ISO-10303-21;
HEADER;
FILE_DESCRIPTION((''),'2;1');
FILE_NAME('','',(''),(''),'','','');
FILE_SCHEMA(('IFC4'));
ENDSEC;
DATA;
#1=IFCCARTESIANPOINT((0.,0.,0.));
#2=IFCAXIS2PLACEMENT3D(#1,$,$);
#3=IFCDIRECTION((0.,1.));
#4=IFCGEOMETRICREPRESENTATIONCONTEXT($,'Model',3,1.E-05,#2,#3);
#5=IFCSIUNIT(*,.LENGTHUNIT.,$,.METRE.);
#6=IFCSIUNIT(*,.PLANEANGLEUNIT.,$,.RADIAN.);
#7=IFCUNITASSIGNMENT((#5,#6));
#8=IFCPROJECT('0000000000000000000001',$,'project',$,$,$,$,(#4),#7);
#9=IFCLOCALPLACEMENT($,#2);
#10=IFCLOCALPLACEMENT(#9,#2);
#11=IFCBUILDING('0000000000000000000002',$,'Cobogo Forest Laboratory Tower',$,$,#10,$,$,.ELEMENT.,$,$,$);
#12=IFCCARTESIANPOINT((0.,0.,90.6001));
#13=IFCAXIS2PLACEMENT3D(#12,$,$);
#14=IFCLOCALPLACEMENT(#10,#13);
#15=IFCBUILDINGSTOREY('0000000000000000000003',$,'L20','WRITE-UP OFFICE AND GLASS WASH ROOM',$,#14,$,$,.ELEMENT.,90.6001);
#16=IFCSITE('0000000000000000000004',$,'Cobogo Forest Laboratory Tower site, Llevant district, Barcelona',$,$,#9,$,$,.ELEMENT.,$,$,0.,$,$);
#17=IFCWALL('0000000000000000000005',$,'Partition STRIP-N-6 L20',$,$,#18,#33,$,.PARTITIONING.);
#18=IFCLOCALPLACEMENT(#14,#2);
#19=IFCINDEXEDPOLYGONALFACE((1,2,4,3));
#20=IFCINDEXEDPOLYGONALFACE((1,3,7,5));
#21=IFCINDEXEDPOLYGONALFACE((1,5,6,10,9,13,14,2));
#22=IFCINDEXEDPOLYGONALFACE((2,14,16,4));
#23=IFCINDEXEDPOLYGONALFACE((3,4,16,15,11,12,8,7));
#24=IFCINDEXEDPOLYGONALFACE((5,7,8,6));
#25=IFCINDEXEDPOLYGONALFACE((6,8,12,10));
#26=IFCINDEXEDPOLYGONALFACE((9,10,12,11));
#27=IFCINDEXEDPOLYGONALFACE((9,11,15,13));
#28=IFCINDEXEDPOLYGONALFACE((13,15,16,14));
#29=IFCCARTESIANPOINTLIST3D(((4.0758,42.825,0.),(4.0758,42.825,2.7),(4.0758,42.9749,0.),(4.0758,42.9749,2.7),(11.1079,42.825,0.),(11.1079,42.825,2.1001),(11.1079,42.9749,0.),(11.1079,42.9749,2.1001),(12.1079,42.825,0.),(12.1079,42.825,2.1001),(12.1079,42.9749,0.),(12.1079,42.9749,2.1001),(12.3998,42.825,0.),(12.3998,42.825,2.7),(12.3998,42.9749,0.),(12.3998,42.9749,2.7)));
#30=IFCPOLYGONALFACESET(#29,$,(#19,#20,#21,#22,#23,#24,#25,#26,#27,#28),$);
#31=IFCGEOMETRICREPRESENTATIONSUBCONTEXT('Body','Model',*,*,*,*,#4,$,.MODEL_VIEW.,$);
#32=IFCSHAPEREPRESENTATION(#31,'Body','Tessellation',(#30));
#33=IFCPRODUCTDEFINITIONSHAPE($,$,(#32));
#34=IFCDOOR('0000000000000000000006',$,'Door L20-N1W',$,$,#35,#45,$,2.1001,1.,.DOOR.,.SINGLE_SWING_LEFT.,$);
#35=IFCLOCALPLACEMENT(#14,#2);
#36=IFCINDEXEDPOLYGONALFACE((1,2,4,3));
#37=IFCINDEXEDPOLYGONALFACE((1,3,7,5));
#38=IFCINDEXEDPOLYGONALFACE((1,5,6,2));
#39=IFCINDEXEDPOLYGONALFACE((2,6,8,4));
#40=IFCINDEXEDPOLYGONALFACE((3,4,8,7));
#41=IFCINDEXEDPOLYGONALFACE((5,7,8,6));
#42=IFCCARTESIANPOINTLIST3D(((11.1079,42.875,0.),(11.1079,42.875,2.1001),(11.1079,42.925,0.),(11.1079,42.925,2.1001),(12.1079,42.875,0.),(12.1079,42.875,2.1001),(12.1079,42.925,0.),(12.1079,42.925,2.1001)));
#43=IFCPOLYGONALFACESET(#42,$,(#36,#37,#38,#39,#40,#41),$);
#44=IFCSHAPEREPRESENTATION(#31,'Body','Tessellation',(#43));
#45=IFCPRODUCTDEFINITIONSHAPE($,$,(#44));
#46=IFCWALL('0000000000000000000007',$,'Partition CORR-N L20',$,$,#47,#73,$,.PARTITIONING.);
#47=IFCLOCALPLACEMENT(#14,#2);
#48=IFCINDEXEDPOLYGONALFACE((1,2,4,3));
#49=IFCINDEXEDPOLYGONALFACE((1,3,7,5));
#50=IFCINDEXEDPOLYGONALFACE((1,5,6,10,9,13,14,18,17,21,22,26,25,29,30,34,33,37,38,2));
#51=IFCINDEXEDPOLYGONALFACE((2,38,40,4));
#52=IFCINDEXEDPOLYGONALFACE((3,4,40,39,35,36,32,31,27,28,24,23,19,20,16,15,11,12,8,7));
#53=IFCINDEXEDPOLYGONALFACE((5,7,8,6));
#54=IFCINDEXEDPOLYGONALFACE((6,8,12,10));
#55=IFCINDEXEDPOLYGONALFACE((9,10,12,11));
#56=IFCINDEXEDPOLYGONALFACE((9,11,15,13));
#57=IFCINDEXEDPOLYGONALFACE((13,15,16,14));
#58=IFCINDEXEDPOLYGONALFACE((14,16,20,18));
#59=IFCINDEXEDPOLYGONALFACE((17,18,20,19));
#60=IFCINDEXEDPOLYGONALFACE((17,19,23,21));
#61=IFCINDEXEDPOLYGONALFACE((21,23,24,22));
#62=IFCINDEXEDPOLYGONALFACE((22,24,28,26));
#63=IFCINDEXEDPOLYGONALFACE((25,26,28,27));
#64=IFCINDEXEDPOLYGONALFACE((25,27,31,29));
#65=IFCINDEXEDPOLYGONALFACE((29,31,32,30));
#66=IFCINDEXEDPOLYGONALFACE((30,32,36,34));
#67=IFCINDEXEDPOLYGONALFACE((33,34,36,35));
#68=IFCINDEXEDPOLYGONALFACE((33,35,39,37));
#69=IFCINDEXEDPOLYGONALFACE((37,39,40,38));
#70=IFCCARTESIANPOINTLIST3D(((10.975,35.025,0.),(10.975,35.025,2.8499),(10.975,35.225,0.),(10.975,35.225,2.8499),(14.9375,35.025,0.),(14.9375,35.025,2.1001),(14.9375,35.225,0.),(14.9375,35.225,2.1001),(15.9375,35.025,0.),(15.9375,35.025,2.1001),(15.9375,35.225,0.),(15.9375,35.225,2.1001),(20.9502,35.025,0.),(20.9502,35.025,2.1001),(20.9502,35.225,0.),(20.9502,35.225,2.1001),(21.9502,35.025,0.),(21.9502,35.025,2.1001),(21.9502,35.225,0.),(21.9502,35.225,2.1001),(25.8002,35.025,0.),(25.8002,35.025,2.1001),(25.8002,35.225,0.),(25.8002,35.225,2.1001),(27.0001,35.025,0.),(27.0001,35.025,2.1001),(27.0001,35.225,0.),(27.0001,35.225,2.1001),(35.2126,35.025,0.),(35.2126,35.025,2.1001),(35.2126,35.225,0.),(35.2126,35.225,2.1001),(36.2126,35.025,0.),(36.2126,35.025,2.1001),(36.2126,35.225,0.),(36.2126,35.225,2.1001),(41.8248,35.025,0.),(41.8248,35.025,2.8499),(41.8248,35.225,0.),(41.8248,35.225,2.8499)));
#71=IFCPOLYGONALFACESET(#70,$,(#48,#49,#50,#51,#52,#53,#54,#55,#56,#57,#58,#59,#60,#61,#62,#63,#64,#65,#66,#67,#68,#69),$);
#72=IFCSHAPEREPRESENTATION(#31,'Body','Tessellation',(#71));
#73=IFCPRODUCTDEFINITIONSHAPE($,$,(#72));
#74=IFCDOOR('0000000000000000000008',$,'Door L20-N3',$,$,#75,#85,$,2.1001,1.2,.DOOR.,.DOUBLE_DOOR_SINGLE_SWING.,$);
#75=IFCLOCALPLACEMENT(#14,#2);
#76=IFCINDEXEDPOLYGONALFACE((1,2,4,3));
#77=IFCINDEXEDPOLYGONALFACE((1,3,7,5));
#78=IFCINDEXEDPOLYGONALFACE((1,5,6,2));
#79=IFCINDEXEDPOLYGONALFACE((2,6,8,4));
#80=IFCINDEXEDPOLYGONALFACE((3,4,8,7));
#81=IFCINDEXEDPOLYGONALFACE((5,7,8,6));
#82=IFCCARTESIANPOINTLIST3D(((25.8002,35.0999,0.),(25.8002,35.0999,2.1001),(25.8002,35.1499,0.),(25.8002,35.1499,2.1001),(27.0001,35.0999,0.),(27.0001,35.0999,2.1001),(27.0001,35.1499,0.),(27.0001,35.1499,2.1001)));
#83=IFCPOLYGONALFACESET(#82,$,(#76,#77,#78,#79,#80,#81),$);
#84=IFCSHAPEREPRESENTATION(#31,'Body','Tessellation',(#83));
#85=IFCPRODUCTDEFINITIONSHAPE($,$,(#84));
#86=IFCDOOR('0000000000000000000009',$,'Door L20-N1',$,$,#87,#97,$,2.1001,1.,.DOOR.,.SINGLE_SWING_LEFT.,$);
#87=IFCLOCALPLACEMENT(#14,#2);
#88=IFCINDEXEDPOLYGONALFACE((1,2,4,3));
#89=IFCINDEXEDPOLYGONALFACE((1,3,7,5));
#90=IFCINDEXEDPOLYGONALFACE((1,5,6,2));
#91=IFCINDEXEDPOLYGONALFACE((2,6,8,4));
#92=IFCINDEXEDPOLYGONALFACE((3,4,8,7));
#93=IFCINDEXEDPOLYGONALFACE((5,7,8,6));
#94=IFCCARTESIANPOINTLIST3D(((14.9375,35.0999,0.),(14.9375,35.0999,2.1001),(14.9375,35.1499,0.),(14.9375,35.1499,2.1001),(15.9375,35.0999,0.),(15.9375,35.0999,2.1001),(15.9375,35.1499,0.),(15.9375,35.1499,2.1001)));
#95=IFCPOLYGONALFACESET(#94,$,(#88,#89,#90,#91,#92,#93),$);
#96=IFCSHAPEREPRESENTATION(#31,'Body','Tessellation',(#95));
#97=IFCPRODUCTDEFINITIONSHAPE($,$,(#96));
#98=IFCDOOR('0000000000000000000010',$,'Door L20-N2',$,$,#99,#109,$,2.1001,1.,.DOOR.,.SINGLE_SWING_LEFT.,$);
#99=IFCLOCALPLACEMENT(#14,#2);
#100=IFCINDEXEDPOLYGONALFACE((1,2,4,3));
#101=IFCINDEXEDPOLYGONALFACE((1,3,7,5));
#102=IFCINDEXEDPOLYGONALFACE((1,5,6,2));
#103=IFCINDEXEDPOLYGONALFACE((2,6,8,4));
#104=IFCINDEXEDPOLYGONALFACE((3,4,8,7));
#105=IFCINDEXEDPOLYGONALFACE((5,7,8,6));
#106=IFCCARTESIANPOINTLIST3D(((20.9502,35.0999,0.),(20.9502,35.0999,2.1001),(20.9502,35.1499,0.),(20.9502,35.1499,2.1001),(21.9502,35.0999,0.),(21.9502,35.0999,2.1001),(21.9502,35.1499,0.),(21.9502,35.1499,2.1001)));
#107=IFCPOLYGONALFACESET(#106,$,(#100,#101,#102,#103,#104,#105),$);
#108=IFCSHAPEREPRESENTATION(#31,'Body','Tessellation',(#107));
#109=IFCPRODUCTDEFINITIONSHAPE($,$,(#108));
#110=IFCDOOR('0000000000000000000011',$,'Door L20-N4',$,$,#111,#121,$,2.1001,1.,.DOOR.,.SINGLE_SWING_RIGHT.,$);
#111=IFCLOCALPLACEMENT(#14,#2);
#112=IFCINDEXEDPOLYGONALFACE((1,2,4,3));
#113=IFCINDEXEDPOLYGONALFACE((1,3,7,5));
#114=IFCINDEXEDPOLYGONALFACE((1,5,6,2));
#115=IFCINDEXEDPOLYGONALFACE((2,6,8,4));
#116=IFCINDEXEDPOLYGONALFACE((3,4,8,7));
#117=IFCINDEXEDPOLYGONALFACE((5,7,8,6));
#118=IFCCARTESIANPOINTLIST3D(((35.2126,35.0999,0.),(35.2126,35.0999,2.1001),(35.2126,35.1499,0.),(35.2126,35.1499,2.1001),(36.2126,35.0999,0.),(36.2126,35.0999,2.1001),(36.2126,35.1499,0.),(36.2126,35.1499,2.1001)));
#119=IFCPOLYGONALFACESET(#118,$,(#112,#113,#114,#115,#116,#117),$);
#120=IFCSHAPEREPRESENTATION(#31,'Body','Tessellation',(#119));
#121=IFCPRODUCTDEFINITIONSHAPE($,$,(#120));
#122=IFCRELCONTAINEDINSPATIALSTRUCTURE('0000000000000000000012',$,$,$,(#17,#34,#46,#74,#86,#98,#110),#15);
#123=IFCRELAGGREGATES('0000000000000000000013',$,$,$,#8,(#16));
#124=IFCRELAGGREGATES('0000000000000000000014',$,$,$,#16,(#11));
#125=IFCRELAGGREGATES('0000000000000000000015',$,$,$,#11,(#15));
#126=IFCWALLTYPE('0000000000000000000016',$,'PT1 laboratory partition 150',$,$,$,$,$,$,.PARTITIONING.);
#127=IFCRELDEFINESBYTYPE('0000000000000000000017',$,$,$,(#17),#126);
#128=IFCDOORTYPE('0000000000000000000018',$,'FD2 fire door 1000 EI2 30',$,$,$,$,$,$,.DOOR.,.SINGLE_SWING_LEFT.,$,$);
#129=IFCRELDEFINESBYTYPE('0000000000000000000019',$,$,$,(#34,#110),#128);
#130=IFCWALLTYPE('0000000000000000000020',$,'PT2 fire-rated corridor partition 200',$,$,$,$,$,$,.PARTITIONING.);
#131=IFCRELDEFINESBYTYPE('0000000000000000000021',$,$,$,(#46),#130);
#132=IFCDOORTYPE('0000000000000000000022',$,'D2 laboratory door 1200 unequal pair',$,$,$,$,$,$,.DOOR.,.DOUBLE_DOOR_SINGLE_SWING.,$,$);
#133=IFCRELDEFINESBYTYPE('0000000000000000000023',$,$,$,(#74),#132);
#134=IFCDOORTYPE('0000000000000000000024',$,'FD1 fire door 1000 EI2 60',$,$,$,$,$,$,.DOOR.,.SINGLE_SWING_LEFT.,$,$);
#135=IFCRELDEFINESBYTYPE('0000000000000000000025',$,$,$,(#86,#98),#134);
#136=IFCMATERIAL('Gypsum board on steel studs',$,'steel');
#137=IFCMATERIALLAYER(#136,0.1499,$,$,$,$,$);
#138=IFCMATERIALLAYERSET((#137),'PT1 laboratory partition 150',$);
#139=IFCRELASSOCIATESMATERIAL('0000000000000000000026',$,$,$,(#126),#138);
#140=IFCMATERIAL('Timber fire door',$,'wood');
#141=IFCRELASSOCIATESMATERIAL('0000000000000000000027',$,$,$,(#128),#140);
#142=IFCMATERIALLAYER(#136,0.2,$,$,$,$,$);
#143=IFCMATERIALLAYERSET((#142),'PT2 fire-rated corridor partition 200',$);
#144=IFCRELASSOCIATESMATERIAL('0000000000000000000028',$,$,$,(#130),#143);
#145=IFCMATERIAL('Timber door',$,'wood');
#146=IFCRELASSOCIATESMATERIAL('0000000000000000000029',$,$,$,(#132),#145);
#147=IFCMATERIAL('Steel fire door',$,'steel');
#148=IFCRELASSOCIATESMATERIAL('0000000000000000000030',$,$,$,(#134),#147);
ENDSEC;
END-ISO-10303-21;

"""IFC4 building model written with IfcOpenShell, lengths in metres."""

from ifc_helpers import new_model, si_unit, direction, frame, frame_2d, origin, place, context, subcontext, project, spatial, rectangle, extrude, material, layer, layer_set, type_object, element, fill, save


model = new_model("IFC4")

# Units and contexts
model_context = context("Model", 3, precision=1e-05, world=origin(), true_north=direction((0.0, 1.0)))
body_context = subcontext(model_context, "Body", "Model", "MODEL_VIEW")
ifc_project = project(units=[si_unit("LENGTHUNIT", "METRE"), si_unit("PLANEANGLEUNIT", "RADIAN")], contexts=[model_context])

# Site, building, storey
site_placement = place(None, origin())
site = spatial("IfcSite", under=ifc_project, at=site_placement, Name="Cobogo Forest Laboratory Tower site, Llevant district, Barcelona", CompositionType="ELEMENT", RefElevation=0.0)
building_placement = place(site_placement, origin())
building = spatial("IfcBuilding", under=site, at=building_placement, Name="Cobogo Forest Laboratory Tower", CompositionType="ELEMENT")
storey_placement = place(building_placement, frame((0.0, 0.0, 90.6001)))
storey = spatial("IfcBuildingStorey", under=building, at=storey_placement, Name="L20", Description="WRITE-UP OFFICE AND GLASS WASH ROOM", CompositionType="ELEMENT", Elevation=90.6001)

# Shared definitions
ifc_material_1 = material(Name="Gypsum board on steel studs", Category="steel")
ifc_layer_1 = layer(ifc_material_1, 0.1499)
ifc_layer_set_1 = layer_set([ifc_layer_1], Name="PT1 laboratory partition 150")
wall_type_1 = type_object("IfcWallType", Name="PT1 laboratory partition 150", PredefinedType="PARTITIONING", material=ifc_layer_set_1)

# Wall, opening, door
wall_1_placement = place(storey_placement, frame((12.3999, 42.8999, 0.0), z_axis=(0.0, 0.0, 1.0), x_axis=(-1.0, 0.0, 0.0)))
wall_1 = element("IfcWall", 1, at=wall_1_placement, inside=storey, type_object=wall_type_1, Name="Partition STRIP-N-6 L20", PredefinedType="PARTITIONING", context=body_context, shape_type="SweptSolid", body=[
    extrude(rectangle(XDim=8.324, YDim=0.1499, at=frame_2d((4.1621, 0.0))), origin(), (0.0, 0.0, 1.0), 2.7),
])
opening_1_placement = place(wall_1_placement, frame((0.292, 0.0, 0.0)))
opening_1 = element("IfcOpeningElement", 2, at=opening_1_placement, cuts=wall_1, PredefinedType="OPENING", context=body_context, shape_type="SweptSolid", body=[
    extrude(rectangle(XDim=1.0, YDim=2.1001, at=frame_2d((0.5, 1.05))), frame((0.0, 0.085, 0.0), z_axis=(0.0, -1.0, 0.0), x_axis=(1.0, 0.0, 0.0)), (0.0, 0.0, 1.0), 0.1699),
])
ifc_material_2 = material(Name="Timber fire door", Category="wood")
door_type_1 = type_object("IfcDoorType", Name="FD2 fire door 1000 EI2 30", OperationType="SINGLE_SWING_LEFT", PredefinedType="DOOR", material=ifc_material_2)
door_1_placement = place(opening_1_placement, origin())
door_1 = element("IfcDoor", 3, at=door_1_placement, inside=storey, type_object=door_type_1, Name="Door L20-N1W", OperationType="SINGLE_SWING_LEFT", OverallHeight=2.1001, OverallWidth=1.0, PredefinedType="DOOR", context=body_context, shape_type="SweptSolid", body=[
    extrude(rectangle(XDim=1.0, YDim=2.1001, at=frame_2d((0.5, 1.05))), frame((0.0, 0.0249, 0.0), z_axis=(0.0, -1.0, 0.0), x_axis=(1.0, 0.0, 0.0)), (0.0, 0.0, 1.0), 0.05),
])
fill(opening_1, door_1)

# Wall, openings, doors
ifc_layer_2 = layer(ifc_material_1, 0.2)
ifc_layer_set_2 = layer_set([ifc_layer_2], Name="PT2 fire-rated corridor partition 200")
wall_type_2 = type_object("IfcWallType", Name="PT2 fire-rated corridor partition 200", PredefinedType="PARTITIONING", material=ifc_layer_set_2)
wall_2_placement = place(storey_placement, frame((10.9751, 35.125, 0.0), z_axis=(0.0, 0.0, 1.0), x_axis=(1.0, 0.0, 0.0)))
wall_2 = element("IfcWall", 4, at=wall_2_placement, inside=storey, type_object=wall_type_2, Name="Partition CORR-N L20", PredefinedType="PARTITIONING", context=body_context, shape_type="SweptSolid", body=[
    extrude(rectangle(XDim=30.8499, YDim=0.2, at=frame_2d((15.4248, 0.0))), origin(), (0.0, 0.0, 1.0), 2.8499),
])
opening_2_placement = place(wall_2_placement, frame((3.9624, 0.0, 0.0)))
opening_2 = element("IfcOpeningElement", 5, at=opening_2_placement, cuts=wall_2, PredefinedType="OPENING", context=body_context, shape_type="SweptSolid", body=[
    extrude(rectangle(XDim=1.0, YDim=2.1001, at=frame_2d((0.5, 1.05))), frame((0.0, 0.1099, 0.0), z_axis=(0.0, -1.0, 0.0), x_axis=(1.0, 0.0, 0.0)), (0.0, 0.0, 1.0), 0.22),
])
opening_3_placement = place(wall_2_placement, frame((9.9751, 0.0, 0.0)))
opening_3 = element("IfcOpeningElement", 6, at=opening_3_placement, cuts=wall_2, PredefinedType="OPENING", context=body_context, shape_type="SweptSolid", body=[
    extrude(rectangle(XDim=1.0, YDim=2.1001, at=frame_2d((0.5, 1.05))), frame((0.0, 0.1099, 0.0), z_axis=(0.0, -1.0, 0.0), x_axis=(1.0, 0.0, 0.0)), (0.0, 0.0, 1.0), 0.22),
])
opening_4_placement = place(wall_2_placement, frame((14.825, 0.0, 0.0)))
opening_4 = element("IfcOpeningElement", 7, at=opening_4_placement, cuts=wall_2, PredefinedType="OPENING", context=body_context, shape_type="SweptSolid", body=[
    extrude(rectangle(XDim=1.2, YDim=2.1001, at=frame_2d((0.6001, 1.05))), frame((0.0, 0.1099, 0.0), z_axis=(0.0, -1.0, 0.0), x_axis=(1.0, 0.0, 0.0)), (0.0, 0.0, 1.0), 0.22),
])
opening_5_placement = place(wall_2_placement, frame((24.2375, 0.0, 0.0)))
opening_5 = element("IfcOpeningElement", 8, at=opening_5_placement, cuts=wall_2, PredefinedType="OPENING", context=body_context, shape_type="SweptSolid", body=[
    extrude(rectangle(XDim=1.0, YDim=2.1001, at=frame_2d((0.5, 1.05))), frame((0.0, 0.1099, 0.0), z_axis=(0.0, -1.0, 0.0), x_axis=(1.0, 0.0, 0.0)), (0.0, 0.0, 1.0), 0.22),
])
ifc_material_3 = material(Name="Timber door", Category="wood")
door_type_2 = type_object("IfcDoorType", Name="D2 laboratory door 1200 unequal pair", OperationType="DOUBLE_DOOR_SINGLE_SWING", PredefinedType="DOOR", material=ifc_material_3)
door_2_placement = place(opening_4_placement, origin())
door_2 = element("IfcDoor", 9, at=door_2_placement, inside=storey, type_object=door_type_2, Name="Door L20-N3", OperationType="DOUBLE_DOOR_SINGLE_SWING", OverallHeight=2.1001, OverallWidth=1.2, PredefinedType="DOOR", context=body_context, shape_type="SweptSolid", body=[
    extrude(rectangle(XDim=1.2, YDim=2.1001, at=frame_2d((0.6001, 1.05))), frame((0.0, 0.0249, 0.0), z_axis=(0.0, -1.0, 0.0), x_axis=(1.0, 0.0, 0.0)), (0.0, 0.0, 1.0), 0.05),
])
fill(opening_4, door_2)
ifc_material_4 = material(Name="Steel fire door", Category="steel")
door_type_3 = type_object("IfcDoorType", Name="FD1 fire door 1000 EI2 60", OperationType="SINGLE_SWING_LEFT", PredefinedType="DOOR", material=ifc_material_4)
door_3_placement = place(opening_2_placement, origin())
door_3 = element("IfcDoor", 10, at=door_3_placement, inside=storey, type_object=door_type_3, Name="Door L20-N1", OperationType="SINGLE_SWING_LEFT", OverallHeight=2.1001, OverallWidth=1.0, PredefinedType="DOOR", context=body_context, shape_type="SweptSolid", body=[
    extrude(rectangle(XDim=1.0, YDim=2.1001, at=frame_2d((0.5, 1.05))), frame((0.0, 0.0249, 0.0), z_axis=(0.0, -1.0, 0.0), x_axis=(1.0, 0.0, 0.0)), (0.0, 0.0, 1.0), 0.05),
])
fill(opening_2, door_3)
door_4_placement = place(opening_3_placement, origin())
door_4 = element("IfcDoor", 11, at=door_4_placement, inside=storey, type_object=door_type_3, Name="Door L20-N2", OperationType="SINGLE_SWING_LEFT", OverallHeight=2.1001, OverallWidth=1.0, PredefinedType="DOOR", context=body_context, shape_type="SweptSolid", body=[
    extrude(rectangle(XDim=1.0, YDim=2.1001, at=frame_2d((0.5, 1.05))), frame((0.0, 0.0249, 0.0), z_axis=(0.0, -1.0, 0.0), x_axis=(1.0, 0.0, 0.0)), (0.0, 0.0, 1.0), 0.05),
])
fill(opening_3, door_4)
door_5_placement = place(opening_5_placement, origin())
door_5 = element("IfcDoor", 12, at=door_5_placement, inside=storey, type_object=door_type_1, Name="Door L20-N4", OperationType="SINGLE_SWING_RIGHT", OverallHeight=2.1001, OverallWidth=1.0, PredefinedType="DOOR", context=body_context, shape_type="SweptSolid", body=[
    extrude(rectangle(XDim=1.0, YDim=2.1001, at=frame_2d((0.5, 1.05))), frame((0.0, 0.0249, 0.0), z_axis=(0.0, -1.0, 0.0), x_axis=(1.0, 0.0, 0.0)), (0.0, 0.0, 1.0), 0.05),
])
fill(opening_5, door_5)

save(model, "model.ifc")
